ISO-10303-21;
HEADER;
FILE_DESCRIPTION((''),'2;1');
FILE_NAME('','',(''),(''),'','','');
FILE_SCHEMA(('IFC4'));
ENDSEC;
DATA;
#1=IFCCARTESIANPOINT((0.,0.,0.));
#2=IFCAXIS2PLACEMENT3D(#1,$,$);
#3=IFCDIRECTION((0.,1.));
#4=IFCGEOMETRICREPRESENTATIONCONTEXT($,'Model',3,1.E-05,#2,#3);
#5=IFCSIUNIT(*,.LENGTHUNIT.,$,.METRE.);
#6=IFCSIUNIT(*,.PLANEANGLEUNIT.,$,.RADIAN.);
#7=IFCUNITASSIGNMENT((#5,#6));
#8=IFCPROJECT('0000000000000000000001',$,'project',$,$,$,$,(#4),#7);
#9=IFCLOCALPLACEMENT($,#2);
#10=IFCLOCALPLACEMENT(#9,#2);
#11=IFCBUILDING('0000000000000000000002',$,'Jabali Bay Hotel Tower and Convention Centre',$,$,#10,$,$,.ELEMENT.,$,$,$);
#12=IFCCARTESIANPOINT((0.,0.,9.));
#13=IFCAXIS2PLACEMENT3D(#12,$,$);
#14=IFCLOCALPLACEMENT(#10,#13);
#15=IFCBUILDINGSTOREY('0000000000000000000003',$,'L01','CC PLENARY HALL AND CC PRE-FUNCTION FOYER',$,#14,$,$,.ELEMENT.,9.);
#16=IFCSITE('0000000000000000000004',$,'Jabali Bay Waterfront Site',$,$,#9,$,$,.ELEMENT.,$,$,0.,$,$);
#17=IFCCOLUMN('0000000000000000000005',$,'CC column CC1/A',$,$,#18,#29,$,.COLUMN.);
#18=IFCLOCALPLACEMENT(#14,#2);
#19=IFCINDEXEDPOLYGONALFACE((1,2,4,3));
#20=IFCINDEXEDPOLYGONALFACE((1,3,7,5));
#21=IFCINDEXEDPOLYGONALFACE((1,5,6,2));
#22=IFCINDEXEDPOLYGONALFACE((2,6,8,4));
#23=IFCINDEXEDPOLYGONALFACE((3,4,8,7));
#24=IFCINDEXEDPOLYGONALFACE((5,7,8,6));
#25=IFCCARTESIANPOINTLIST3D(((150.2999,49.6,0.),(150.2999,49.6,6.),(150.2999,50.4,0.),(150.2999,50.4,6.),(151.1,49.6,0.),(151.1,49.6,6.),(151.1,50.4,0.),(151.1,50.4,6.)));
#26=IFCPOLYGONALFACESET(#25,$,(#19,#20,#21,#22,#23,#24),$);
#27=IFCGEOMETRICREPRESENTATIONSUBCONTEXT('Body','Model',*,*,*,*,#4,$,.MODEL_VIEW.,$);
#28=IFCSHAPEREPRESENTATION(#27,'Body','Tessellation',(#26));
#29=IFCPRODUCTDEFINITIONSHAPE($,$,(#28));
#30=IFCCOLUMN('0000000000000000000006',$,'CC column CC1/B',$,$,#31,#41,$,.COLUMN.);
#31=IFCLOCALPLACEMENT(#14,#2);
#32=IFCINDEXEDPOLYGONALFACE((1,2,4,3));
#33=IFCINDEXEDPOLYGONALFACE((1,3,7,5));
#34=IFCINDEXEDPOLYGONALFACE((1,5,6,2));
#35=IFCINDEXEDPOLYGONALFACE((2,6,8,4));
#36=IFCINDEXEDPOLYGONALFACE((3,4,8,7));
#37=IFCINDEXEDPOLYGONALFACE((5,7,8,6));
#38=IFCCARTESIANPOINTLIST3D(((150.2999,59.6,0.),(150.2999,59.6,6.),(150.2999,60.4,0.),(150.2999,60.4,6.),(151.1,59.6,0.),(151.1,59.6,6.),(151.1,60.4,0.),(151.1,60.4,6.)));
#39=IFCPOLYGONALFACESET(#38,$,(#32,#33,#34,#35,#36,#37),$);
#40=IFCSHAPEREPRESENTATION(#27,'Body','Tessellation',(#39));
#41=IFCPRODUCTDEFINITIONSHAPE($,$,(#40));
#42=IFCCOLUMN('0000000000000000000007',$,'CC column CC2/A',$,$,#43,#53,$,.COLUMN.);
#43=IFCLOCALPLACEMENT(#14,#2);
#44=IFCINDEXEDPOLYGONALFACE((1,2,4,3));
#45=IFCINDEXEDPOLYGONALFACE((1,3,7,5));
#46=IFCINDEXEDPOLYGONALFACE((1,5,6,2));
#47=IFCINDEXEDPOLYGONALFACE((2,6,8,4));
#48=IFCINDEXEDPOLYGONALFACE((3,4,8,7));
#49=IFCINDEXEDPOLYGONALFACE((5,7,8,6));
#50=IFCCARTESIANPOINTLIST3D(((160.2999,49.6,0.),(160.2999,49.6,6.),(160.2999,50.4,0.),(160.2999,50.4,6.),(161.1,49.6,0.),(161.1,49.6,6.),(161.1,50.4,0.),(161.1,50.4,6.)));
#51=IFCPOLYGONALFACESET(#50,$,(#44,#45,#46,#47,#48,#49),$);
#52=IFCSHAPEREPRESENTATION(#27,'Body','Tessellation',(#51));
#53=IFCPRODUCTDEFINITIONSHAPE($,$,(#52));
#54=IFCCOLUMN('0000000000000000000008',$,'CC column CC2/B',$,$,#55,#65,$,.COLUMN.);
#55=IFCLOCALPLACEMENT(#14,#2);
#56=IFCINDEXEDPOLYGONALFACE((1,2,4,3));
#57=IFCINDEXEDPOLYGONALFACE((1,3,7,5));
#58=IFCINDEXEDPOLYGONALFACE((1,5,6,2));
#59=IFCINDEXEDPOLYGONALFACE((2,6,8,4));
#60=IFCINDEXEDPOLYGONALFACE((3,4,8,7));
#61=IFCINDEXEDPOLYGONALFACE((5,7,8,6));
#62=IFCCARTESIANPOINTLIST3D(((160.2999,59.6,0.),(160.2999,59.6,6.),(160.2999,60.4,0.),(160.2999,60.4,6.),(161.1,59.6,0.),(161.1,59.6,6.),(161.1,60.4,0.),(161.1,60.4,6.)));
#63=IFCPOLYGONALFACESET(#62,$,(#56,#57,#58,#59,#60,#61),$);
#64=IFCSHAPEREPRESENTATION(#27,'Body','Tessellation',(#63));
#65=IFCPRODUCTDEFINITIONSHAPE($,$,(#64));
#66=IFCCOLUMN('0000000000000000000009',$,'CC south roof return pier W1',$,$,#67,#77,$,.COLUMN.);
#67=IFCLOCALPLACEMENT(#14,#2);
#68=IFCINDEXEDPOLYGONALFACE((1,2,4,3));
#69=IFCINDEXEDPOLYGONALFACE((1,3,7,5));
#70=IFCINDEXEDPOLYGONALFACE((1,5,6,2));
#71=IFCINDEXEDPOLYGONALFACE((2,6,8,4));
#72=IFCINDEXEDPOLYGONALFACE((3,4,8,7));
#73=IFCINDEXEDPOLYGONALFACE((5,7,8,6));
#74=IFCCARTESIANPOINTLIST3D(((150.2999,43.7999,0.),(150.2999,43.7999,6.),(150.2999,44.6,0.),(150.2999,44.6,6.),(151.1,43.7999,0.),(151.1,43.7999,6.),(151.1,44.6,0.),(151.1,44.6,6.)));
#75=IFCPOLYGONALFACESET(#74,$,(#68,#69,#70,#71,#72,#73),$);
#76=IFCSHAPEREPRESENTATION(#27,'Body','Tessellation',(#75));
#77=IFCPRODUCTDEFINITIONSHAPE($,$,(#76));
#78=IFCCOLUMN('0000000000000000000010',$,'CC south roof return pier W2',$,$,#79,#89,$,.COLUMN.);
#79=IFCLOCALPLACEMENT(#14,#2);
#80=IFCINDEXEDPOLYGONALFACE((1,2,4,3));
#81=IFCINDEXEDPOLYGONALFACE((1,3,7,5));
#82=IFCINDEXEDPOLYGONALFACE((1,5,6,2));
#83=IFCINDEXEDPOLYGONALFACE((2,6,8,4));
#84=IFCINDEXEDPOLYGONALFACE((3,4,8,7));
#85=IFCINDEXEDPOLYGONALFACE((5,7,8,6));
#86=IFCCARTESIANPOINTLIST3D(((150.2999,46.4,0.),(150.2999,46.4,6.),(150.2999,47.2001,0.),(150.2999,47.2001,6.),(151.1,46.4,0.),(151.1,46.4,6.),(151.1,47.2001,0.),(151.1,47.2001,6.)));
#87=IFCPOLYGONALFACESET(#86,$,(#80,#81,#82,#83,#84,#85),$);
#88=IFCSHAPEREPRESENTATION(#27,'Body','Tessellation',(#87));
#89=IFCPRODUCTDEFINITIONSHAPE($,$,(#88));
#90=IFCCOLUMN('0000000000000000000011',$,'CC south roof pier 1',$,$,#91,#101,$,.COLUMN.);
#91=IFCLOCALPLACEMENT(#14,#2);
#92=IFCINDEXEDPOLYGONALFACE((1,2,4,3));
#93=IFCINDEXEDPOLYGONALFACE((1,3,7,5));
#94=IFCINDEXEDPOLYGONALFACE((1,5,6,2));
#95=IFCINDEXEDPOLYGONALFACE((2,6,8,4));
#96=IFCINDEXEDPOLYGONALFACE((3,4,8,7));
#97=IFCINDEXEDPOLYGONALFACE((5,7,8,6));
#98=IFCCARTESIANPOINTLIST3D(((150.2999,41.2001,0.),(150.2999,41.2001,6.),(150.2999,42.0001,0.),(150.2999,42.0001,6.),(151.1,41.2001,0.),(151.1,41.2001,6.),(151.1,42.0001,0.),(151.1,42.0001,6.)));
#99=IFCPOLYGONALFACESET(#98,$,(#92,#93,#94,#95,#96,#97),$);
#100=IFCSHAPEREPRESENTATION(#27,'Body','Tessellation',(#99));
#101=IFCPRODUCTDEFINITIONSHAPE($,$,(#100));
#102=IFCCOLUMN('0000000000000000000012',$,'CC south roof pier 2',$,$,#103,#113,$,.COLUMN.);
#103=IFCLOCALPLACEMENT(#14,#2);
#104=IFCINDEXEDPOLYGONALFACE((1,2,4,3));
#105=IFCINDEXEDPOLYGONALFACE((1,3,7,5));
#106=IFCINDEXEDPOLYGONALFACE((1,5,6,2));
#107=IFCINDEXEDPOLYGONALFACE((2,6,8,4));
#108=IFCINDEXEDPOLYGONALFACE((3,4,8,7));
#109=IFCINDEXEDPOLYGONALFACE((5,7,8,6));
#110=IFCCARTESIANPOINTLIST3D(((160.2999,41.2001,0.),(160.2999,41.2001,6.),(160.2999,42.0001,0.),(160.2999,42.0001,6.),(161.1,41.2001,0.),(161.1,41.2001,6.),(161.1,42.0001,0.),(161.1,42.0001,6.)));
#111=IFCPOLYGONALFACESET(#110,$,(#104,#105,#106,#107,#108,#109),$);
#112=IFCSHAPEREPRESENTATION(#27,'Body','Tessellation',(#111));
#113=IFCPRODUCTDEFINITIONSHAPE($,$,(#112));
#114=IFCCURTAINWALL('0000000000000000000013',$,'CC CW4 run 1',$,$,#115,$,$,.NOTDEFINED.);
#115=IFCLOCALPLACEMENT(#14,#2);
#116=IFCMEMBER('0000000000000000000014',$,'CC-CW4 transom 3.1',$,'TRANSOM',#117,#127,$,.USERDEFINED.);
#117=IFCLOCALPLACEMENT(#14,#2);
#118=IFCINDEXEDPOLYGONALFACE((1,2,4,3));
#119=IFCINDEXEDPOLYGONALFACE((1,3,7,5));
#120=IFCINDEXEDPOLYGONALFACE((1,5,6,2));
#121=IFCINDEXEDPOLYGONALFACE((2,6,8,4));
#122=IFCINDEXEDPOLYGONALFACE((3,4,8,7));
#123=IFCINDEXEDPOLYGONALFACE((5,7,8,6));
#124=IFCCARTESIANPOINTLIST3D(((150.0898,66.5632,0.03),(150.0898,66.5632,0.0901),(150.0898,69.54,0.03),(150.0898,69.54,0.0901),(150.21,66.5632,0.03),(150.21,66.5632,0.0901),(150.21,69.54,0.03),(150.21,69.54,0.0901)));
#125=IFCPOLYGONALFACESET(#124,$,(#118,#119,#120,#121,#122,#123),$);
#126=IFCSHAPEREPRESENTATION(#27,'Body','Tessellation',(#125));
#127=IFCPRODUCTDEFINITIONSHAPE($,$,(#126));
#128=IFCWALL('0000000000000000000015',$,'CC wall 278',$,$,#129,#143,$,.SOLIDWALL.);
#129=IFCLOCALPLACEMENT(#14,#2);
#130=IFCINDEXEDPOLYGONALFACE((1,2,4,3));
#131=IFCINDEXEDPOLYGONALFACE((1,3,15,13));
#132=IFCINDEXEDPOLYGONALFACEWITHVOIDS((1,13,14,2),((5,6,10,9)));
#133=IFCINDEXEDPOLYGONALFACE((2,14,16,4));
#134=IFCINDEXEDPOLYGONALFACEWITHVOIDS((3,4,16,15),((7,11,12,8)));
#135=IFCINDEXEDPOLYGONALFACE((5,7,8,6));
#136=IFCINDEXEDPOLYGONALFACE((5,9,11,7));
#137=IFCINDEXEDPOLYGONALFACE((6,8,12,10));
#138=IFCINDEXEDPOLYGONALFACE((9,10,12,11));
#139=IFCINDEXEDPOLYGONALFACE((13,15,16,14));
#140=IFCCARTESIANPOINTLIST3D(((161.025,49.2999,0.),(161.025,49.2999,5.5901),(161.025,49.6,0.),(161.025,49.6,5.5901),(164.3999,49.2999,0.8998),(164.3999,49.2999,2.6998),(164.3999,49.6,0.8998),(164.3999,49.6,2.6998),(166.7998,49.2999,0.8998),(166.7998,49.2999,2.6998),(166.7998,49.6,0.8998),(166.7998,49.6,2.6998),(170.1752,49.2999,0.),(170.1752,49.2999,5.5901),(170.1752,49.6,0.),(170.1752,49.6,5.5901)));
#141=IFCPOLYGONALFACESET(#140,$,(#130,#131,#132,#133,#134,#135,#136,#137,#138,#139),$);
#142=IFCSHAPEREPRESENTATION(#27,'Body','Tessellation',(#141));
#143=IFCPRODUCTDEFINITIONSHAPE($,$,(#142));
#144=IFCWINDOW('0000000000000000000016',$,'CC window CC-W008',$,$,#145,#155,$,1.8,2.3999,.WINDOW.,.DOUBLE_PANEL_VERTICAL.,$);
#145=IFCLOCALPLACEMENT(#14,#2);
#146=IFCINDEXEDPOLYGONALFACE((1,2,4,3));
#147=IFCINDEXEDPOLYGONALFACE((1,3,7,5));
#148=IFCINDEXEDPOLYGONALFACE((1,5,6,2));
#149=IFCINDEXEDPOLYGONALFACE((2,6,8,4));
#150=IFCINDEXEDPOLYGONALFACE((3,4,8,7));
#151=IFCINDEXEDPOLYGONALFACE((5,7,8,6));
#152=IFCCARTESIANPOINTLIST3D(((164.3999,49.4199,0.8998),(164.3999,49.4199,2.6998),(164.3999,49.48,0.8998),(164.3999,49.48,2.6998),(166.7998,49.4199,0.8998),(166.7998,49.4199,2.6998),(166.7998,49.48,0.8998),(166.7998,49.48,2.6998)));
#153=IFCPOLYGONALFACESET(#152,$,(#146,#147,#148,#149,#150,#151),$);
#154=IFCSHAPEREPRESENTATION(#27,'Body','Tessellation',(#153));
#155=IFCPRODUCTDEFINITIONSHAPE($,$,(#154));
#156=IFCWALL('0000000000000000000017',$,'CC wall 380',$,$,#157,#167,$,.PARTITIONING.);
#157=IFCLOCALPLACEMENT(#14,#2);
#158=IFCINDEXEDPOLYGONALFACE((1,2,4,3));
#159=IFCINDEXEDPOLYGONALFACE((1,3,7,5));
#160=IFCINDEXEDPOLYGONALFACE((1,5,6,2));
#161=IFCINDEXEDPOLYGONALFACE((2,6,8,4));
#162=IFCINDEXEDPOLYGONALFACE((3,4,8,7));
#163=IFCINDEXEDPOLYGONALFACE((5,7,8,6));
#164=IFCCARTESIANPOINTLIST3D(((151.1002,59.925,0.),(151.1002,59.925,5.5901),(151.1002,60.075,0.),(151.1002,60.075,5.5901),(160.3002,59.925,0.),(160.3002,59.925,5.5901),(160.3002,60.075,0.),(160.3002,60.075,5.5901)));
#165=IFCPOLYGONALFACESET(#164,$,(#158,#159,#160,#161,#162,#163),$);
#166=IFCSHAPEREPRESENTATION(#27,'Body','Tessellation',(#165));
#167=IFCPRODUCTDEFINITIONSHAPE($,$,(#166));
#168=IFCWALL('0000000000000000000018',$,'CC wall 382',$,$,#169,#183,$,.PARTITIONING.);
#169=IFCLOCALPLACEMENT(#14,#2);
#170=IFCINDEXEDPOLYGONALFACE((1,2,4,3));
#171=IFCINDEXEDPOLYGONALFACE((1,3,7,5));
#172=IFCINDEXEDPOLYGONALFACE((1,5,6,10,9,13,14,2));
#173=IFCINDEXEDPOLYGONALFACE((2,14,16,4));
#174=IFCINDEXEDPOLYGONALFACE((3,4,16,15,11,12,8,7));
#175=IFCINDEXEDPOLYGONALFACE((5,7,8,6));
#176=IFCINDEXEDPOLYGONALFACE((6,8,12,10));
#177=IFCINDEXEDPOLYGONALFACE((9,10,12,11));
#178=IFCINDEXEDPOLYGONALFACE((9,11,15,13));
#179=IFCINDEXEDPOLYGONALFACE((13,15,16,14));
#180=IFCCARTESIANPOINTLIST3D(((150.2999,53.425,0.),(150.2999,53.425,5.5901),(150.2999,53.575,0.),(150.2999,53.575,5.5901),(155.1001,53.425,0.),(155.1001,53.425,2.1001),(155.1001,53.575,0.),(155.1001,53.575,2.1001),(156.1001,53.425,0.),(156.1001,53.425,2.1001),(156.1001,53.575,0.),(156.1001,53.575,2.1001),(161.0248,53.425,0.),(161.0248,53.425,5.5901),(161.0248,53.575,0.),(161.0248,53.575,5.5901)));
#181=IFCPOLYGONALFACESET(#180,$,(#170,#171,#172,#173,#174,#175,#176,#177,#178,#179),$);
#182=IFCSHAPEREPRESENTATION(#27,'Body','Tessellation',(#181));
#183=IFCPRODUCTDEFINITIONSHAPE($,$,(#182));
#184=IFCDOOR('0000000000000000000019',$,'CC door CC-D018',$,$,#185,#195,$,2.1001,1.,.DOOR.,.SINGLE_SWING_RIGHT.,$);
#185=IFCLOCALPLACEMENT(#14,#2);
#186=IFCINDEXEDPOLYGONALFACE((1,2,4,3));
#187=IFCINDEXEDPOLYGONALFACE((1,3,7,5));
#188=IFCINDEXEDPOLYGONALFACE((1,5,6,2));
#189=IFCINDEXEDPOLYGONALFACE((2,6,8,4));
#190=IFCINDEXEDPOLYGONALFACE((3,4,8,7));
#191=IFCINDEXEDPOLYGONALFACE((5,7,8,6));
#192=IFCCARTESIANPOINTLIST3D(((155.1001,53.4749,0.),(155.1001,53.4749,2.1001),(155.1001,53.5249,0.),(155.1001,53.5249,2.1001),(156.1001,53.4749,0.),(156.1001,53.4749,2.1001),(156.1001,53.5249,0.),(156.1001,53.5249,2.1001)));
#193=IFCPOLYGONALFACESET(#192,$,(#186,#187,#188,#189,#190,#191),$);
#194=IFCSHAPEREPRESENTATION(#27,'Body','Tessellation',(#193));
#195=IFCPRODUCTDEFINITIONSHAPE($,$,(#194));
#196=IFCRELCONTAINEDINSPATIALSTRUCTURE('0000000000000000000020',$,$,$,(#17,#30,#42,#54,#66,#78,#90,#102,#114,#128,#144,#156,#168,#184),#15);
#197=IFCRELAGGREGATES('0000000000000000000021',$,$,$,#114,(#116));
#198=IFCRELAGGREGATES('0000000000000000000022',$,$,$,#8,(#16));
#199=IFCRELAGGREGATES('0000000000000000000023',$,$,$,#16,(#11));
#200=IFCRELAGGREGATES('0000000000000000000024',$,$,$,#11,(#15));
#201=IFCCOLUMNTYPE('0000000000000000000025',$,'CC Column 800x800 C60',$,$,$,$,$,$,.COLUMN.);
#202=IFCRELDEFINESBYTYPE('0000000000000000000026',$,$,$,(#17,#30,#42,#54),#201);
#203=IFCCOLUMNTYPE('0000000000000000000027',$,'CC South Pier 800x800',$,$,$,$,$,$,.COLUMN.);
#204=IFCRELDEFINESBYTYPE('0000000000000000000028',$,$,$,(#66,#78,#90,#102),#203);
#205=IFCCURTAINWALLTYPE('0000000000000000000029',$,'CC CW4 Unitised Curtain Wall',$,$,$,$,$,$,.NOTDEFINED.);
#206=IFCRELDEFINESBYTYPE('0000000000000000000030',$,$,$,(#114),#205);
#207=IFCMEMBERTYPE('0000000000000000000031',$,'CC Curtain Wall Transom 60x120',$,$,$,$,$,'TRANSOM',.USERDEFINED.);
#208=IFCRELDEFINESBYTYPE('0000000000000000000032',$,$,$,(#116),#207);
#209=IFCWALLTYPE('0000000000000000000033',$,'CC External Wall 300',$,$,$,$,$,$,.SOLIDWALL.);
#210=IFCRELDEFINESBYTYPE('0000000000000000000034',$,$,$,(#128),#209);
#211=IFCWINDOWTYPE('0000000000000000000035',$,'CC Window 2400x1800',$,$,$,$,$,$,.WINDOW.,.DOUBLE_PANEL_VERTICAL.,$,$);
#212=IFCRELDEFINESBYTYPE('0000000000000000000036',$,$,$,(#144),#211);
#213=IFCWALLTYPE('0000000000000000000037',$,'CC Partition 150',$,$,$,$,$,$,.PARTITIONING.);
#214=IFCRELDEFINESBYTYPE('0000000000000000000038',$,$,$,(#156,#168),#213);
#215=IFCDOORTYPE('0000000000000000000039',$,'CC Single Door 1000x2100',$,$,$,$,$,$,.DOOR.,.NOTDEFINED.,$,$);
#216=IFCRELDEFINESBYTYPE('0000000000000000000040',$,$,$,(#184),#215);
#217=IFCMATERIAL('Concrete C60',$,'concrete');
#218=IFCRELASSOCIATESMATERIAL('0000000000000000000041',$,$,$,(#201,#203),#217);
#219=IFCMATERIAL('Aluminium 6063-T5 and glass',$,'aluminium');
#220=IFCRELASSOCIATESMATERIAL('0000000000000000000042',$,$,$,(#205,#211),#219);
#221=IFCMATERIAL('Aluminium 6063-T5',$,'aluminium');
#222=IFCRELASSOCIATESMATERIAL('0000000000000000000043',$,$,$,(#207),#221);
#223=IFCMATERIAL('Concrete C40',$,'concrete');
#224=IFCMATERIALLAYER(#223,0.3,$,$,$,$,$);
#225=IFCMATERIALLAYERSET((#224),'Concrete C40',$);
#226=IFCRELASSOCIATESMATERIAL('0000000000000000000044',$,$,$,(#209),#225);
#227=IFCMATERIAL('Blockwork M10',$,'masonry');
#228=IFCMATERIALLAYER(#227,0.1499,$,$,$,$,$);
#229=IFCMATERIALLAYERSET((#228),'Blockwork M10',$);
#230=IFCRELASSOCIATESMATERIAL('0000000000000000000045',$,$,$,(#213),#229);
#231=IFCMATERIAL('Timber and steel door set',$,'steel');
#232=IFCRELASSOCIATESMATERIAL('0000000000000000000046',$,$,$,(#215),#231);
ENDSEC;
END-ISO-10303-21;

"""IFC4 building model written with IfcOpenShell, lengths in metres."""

from ifc_helpers import new_model, si_unit, direction, frame, frame_2d, origin, origin_2d, place, context, subcontext, project, spatial, rectangle, extrude, material, layer, layer_set, material_profile, profile_set, type_object, element, fill, aggregate, save


model = new_model("IFC4")

# Units and contexts
model_context = context("Model", 3, precision=1e-05, world=origin(), true_north=direction((0.0, 1.0)))
body_context = subcontext(model_context, "Body", "Model", "MODEL_VIEW")
ifc_project = project(units=[si_unit("LENGTHUNIT", "METRE"), si_unit("PLANEANGLEUNIT", "RADIAN")], contexts=[model_context])

# Site, building, storey
site_placement = place(None, origin())
site = spatial("IfcSite", under=ifc_project, at=site_placement, Name="Jabali Bay Waterfront Site", CompositionType="ELEMENT", RefElevation=0.0)
building_placement = place(site_placement, origin())
building = spatial("IfcBuilding", under=site, at=building_placement, Name="Jabali Bay Hotel Tower and Convention Centre", CompositionType="ELEMENT")
storey_placement = place(building_placement, frame((0.0, 0.0, 9.0)))
storey = spatial("IfcBuildingStorey", under=building, at=storey_placement, Name="L01", Description="CC PLENARY HALL AND CC PRE-FUNCTION FOYER", CompositionType="ELEMENT", Elevation=9.0)

# Columns
ifc_material_1 = material(Name="Concrete C60", Category="concrete")
ifc_material_profile_1 = material_profile(ifc_material_1, rectangle(XDim=0.8, YDim=0.8, at=origin_2d()), Name="RC 800x800")
ifc_profile_set_1 = profile_set([ifc_material_profile_1], Name="Concrete C60")
column_type_1 = type_object("IfcColumnType", Name="CC Column 800x800 C60", PredefinedType="COLUMN", material=ifc_profile_set_1)
for number, where, z_axis, x_axis, name in (
    (1, (150.7, 50.0, 0.0), (0.0, 0.0, 1.0), (1.0, 0.0, 0.0), "CC column CC1/A"),
    (2, (150.7, 60.0, 0.0), (0.0, 0.0, 1.0), (1.0, 0.0, 0.0), "CC column CC1/B"),
    (3, (160.7, 50.0, 0.0), (0.0, 0.0, 1.0), (1.0, 0.0, 0.0), "CC column CC2/A"),
    (4, (160.7, 60.0, 0.0), (0.0, 0.0, 1.0), (1.0, 0.0, 0.0), "CC column CC2/B"),
):
    element("IfcColumn", number, at=place(storey_placement, frame(where, z_axis=z_axis, x_axis=x_axis)), inside=storey, type_object=column_type_1, Name=name, PredefinedType="COLUMN", context=body_context, shape_type="SweptSolid", body=[
        extrude(rectangle(XDim=0.8, YDim=0.8, at=origin_2d()), origin(), (0.0, 0.0, 1.0), 6.0),
    ])
ifc_material_profile_2 = material_profile(ifc_material_1, rectangle(XDim=0.8, YDim=0.8, at=origin_2d()), Name="RC 800x800")
ifc_profile_set_2 = profile_set([ifc_material_profile_2], Name="Concrete C60")
column_type_2 = type_object("IfcColumnType", Name="CC South Pier 800x800", PredefinedType="COLUMN", material=ifc_profile_set_2)
for number, where, z_axis, x_axis, name in (
    (5, (150.7, 44.2, 0.0), (0.0, 0.0, 1.0), (1.0, 0.0, 0.0), "CC south roof return pier W1"),
    (6, (150.7, 46.8, 0.0), (0.0, 0.0, 1.0), (1.0, 0.0, 0.0), "CC south roof return pier W2"),
    (7, (150.7, 41.6001, 0.0), (0.0, 0.0, 1.0), (1.0, 0.0, 0.0), "CC south roof pier 1"),
    (8, (160.7, 41.6001, 0.0), (0.0, 0.0, 1.0), (1.0, 0.0, 0.0), "CC south roof pier 2"),
):
    element("IfcColumn", number, at=place(storey_placement, frame(where, z_axis=z_axis, x_axis=x_axis)), inside=storey, type_object=column_type_2, Name=name, PredefinedType="COLUMN", context=body_context, shape_type="SweptSolid", body=[
        extrude(rectangle(XDim=0.8, YDim=0.8, at=origin_2d()), origin(), (0.0, 0.0, 1.0), 6.0),
    ])

# Curtain wall, member
ifc_material_2 = material(Name="Aluminium 6063-T5 and glass", Category="aluminium")
curtain_wall_type = type_object("IfcCurtainWallType", Name="CC CW4 Unitised Curtain Wall", PredefinedType="NOTDEFINED", material=ifc_material_2)
curtain_wall_placement = place(storey_placement, origin())
curtain_wall = element("IfcCurtainWall", 9, at=curtain_wall_placement, inside=storey, type_object=curtain_wall_type, Name="CC CW4 run 1", PredefinedType="NOTDEFINED")
ifc_material_3 = material(Name="Aluminium 6063-T5", Category="aluminium")
ifc_material_profile_3 = material_profile(ifc_material_3, rectangle(XDim=0.1201, YDim=0.0601, at=origin_2d()), Name="AL 120x60")
ifc_profile_set_3 = profile_set([ifc_material_profile_3], Name="Aluminium 6063-T5")
member_type = type_object("IfcMemberType", Name="CC Curtain Wall Transom 60x120", ElementType="TRANSOM", PredefinedType="USERDEFINED", material=ifc_profile_set_3)
member_placement = place(storey_placement, frame((150.1499, 66.5632, 0.0601), z_axis=(0.0, 1.0, 0.0), x_axis=(-1.0, 0.0, 0.0)))
member = element("IfcMember", 10, at=member_placement, type_object=member_type, Name="CC-CW4 transom 3.1", ObjectType="TRANSOM", PredefinedType="USERDEFINED", context=body_context, shape_type="SweptSolid", body=[
    extrude(rectangle(XDim=0.1201, YDim=0.0601, at=origin_2d()), origin(), (0.0, 0.0, 1.0), 2.9768),
])
aggregate(curtain_wall, [member])

# Wall, opening, window
ifc_material_4 = material(Name="Concrete C40", Category="concrete")
ifc_layer_1 = layer(ifc_material_4, 0.3)
ifc_layer_set_1 = layer_set([ifc_layer_1], Name="Concrete C40")
wall_type_1 = type_object("IfcWallType", Name="CC External Wall 300", PredefinedType="SOLIDWALL", material=ifc_layer_set_1)
wall_1_placement = place(storey_placement, frame((161.0249, 49.45, 0.0), z_axis=(0.0, 0.0, 1.0), x_axis=(1.0, 0.0, 0.0)))
wall_1 = element("IfcWall", 11, at=wall_1_placement, inside=storey, type_object=wall_type_1, Name="CC wall 278", PredefinedType="SOLIDWALL", context=body_context, shape_type="SweptSolid", body=[
    extrude(rectangle(XDim=9.1501, YDim=0.3, at=frame_2d((4.5752, 0.0))), origin(), (0.0, 0.0, 1.0), 5.5901),
])
opening_1_placement = place(wall_1_placement, frame((3.375, 0.0, 0.8999)))
opening_1 = element("IfcOpeningElement", 12, at=opening_1_placement, cuts=wall_1, PredefinedType="OPENING", context=body_context, shape_type="SweptSolid", body=[
    extrude(rectangle(XDim=2.3999, YDim=1.8, at=frame_2d((1.2, 0.8999))), frame((0.0, 0.1606, 0.0), z_axis=(0.0, -1.0, 0.0), x_axis=(1.0, 0.0, 0.0)), (0.0, 0.0, 1.0), 0.321),
])
window_type = type_object("IfcWindowType", Name="CC Window 2400x1800", PartitioningType="DOUBLE_PANEL_VERTICAL", PredefinedType="WINDOW", material=ifc_material_2)
window_placement = place(opening_1_placement, origin())
window = element("IfcWindow", 13, at=window_placement, inside=storey, type_object=window_type, Name="CC window CC-W008", OverallHeight=1.8, OverallWidth=2.3999, PartitioningType="DOUBLE_PANEL_VERTICAL", PredefinedType="WINDOW", context=body_context, shape_type="SweptSolid", body=[
    extrude(rectangle(XDim=2.3999, YDim=1.8, at=frame_2d((1.2, 0.8999))), frame((0.0, 0.03, 0.0), z_axis=(0.0, -1.0, 0.0), x_axis=(1.0, 0.0, 0.0)), (0.0, 0.0, 1.0), 0.0601),
])
fill(opening_1, window)

# Wall
ifc_material_5 = material(Name="Blockwork M10", Category="masonry")
ifc_layer_2 = layer(ifc_material_5, 0.1499)
ifc_layer_set_2 = layer_set([ifc_layer_2], Name="Blockwork M10")
wall_type_2 = type_object("IfcWallType", Name="CC Partition 150", PredefinedType="PARTITIONING", material=ifc_layer_set_2)
wall_2_placement = place(storey_placement, frame((151.1001, 60.0, 0.0), z_axis=(0.0, 0.0, 1.0), x_axis=(1.0, 0.0, 0.0)))
element("IfcWall", 14, at=wall_2_placement, inside=storey, type_object=wall_type_2, Name="CC wall 380", PredefinedType="PARTITIONING", context=body_context, shape_type="SweptSolid", body=[
    extrude(rectangle(XDim=9.2, YDim=0.1499, at=frame_2d((4.6001, 0.0))), origin(), (0.0, 0.0, 1.0), 5.5901),
])

# Wall, opening, door
wall_3_placement = place(storey_placement, frame((150.3, 53.5, 0.0), z_axis=(0.0, 0.0, 1.0), x_axis=(1.0, 0.0, 0.0)))
wall_3 = element("IfcWall", 15, at=wall_3_placement, inside=storey, type_object=wall_type_2, Name="CC wall 382", PredefinedType="PARTITIONING", context=body_context, shape_type="SweptSolid", body=[
    extrude(rectangle(XDim=10.7249, YDim=0.1499, at=frame_2d((5.3623, 0.0))), origin(), (0.0, 0.0, 1.0), 5.5901),
])
opening_2_placement = place(wall_3_placement, frame((4.8, 0.0, 0.0)))
opening_2 = element("IfcOpeningElement", 16, at=opening_2_placement, cuts=wall_3, PredefinedType="OPENING", context=body_context, shape_type="SweptSolid", body=[
    extrude(rectangle(XDim=1.0, YDim=2.1001, at=frame_2d((0.5, 1.05))), frame((0.0, 0.0854, 0.0), z_axis=(0.0, -1.0, 0.0), x_axis=(1.0, 0.0, 0.0)), (0.0, 0.0, 1.0), 0.1709),
])
ifc_material_6 = material(Name="Timber and steel door set", Category="steel")
door_type_1 = type_object("IfcDoorType", Name="CC Single Door 1000x2100", OperationType="NOTDEFINED", PredefinedType="DOOR", material=ifc_material_6)
door_1_placement = place(opening_2_placement, origin())
door_1 = element("IfcDoor", 17, at=door_1_placement, inside=storey, type_object=door_type_1, Name="CC door CC-D018", OperationType="SINGLE_SWING_RIGHT", OverallHeight=2.1001, OverallWidth=1.0, PredefinedType="DOOR", context=body_context, shape_type="SweptSolid", body=[
    extrude(rectangle(XDim=1.0, YDim=2.1001, at=frame_2d((0.5, 1.05))), frame((0.0, 0.0249, 0.0), z_axis=(0.0, -1.0, 0.0), x_axis=(1.0, 0.0, 0.0)), (0.0, 0.0, 1.0), 0.05),
])
fill(opening_2, door_1)

save(model, "model.ifc")
